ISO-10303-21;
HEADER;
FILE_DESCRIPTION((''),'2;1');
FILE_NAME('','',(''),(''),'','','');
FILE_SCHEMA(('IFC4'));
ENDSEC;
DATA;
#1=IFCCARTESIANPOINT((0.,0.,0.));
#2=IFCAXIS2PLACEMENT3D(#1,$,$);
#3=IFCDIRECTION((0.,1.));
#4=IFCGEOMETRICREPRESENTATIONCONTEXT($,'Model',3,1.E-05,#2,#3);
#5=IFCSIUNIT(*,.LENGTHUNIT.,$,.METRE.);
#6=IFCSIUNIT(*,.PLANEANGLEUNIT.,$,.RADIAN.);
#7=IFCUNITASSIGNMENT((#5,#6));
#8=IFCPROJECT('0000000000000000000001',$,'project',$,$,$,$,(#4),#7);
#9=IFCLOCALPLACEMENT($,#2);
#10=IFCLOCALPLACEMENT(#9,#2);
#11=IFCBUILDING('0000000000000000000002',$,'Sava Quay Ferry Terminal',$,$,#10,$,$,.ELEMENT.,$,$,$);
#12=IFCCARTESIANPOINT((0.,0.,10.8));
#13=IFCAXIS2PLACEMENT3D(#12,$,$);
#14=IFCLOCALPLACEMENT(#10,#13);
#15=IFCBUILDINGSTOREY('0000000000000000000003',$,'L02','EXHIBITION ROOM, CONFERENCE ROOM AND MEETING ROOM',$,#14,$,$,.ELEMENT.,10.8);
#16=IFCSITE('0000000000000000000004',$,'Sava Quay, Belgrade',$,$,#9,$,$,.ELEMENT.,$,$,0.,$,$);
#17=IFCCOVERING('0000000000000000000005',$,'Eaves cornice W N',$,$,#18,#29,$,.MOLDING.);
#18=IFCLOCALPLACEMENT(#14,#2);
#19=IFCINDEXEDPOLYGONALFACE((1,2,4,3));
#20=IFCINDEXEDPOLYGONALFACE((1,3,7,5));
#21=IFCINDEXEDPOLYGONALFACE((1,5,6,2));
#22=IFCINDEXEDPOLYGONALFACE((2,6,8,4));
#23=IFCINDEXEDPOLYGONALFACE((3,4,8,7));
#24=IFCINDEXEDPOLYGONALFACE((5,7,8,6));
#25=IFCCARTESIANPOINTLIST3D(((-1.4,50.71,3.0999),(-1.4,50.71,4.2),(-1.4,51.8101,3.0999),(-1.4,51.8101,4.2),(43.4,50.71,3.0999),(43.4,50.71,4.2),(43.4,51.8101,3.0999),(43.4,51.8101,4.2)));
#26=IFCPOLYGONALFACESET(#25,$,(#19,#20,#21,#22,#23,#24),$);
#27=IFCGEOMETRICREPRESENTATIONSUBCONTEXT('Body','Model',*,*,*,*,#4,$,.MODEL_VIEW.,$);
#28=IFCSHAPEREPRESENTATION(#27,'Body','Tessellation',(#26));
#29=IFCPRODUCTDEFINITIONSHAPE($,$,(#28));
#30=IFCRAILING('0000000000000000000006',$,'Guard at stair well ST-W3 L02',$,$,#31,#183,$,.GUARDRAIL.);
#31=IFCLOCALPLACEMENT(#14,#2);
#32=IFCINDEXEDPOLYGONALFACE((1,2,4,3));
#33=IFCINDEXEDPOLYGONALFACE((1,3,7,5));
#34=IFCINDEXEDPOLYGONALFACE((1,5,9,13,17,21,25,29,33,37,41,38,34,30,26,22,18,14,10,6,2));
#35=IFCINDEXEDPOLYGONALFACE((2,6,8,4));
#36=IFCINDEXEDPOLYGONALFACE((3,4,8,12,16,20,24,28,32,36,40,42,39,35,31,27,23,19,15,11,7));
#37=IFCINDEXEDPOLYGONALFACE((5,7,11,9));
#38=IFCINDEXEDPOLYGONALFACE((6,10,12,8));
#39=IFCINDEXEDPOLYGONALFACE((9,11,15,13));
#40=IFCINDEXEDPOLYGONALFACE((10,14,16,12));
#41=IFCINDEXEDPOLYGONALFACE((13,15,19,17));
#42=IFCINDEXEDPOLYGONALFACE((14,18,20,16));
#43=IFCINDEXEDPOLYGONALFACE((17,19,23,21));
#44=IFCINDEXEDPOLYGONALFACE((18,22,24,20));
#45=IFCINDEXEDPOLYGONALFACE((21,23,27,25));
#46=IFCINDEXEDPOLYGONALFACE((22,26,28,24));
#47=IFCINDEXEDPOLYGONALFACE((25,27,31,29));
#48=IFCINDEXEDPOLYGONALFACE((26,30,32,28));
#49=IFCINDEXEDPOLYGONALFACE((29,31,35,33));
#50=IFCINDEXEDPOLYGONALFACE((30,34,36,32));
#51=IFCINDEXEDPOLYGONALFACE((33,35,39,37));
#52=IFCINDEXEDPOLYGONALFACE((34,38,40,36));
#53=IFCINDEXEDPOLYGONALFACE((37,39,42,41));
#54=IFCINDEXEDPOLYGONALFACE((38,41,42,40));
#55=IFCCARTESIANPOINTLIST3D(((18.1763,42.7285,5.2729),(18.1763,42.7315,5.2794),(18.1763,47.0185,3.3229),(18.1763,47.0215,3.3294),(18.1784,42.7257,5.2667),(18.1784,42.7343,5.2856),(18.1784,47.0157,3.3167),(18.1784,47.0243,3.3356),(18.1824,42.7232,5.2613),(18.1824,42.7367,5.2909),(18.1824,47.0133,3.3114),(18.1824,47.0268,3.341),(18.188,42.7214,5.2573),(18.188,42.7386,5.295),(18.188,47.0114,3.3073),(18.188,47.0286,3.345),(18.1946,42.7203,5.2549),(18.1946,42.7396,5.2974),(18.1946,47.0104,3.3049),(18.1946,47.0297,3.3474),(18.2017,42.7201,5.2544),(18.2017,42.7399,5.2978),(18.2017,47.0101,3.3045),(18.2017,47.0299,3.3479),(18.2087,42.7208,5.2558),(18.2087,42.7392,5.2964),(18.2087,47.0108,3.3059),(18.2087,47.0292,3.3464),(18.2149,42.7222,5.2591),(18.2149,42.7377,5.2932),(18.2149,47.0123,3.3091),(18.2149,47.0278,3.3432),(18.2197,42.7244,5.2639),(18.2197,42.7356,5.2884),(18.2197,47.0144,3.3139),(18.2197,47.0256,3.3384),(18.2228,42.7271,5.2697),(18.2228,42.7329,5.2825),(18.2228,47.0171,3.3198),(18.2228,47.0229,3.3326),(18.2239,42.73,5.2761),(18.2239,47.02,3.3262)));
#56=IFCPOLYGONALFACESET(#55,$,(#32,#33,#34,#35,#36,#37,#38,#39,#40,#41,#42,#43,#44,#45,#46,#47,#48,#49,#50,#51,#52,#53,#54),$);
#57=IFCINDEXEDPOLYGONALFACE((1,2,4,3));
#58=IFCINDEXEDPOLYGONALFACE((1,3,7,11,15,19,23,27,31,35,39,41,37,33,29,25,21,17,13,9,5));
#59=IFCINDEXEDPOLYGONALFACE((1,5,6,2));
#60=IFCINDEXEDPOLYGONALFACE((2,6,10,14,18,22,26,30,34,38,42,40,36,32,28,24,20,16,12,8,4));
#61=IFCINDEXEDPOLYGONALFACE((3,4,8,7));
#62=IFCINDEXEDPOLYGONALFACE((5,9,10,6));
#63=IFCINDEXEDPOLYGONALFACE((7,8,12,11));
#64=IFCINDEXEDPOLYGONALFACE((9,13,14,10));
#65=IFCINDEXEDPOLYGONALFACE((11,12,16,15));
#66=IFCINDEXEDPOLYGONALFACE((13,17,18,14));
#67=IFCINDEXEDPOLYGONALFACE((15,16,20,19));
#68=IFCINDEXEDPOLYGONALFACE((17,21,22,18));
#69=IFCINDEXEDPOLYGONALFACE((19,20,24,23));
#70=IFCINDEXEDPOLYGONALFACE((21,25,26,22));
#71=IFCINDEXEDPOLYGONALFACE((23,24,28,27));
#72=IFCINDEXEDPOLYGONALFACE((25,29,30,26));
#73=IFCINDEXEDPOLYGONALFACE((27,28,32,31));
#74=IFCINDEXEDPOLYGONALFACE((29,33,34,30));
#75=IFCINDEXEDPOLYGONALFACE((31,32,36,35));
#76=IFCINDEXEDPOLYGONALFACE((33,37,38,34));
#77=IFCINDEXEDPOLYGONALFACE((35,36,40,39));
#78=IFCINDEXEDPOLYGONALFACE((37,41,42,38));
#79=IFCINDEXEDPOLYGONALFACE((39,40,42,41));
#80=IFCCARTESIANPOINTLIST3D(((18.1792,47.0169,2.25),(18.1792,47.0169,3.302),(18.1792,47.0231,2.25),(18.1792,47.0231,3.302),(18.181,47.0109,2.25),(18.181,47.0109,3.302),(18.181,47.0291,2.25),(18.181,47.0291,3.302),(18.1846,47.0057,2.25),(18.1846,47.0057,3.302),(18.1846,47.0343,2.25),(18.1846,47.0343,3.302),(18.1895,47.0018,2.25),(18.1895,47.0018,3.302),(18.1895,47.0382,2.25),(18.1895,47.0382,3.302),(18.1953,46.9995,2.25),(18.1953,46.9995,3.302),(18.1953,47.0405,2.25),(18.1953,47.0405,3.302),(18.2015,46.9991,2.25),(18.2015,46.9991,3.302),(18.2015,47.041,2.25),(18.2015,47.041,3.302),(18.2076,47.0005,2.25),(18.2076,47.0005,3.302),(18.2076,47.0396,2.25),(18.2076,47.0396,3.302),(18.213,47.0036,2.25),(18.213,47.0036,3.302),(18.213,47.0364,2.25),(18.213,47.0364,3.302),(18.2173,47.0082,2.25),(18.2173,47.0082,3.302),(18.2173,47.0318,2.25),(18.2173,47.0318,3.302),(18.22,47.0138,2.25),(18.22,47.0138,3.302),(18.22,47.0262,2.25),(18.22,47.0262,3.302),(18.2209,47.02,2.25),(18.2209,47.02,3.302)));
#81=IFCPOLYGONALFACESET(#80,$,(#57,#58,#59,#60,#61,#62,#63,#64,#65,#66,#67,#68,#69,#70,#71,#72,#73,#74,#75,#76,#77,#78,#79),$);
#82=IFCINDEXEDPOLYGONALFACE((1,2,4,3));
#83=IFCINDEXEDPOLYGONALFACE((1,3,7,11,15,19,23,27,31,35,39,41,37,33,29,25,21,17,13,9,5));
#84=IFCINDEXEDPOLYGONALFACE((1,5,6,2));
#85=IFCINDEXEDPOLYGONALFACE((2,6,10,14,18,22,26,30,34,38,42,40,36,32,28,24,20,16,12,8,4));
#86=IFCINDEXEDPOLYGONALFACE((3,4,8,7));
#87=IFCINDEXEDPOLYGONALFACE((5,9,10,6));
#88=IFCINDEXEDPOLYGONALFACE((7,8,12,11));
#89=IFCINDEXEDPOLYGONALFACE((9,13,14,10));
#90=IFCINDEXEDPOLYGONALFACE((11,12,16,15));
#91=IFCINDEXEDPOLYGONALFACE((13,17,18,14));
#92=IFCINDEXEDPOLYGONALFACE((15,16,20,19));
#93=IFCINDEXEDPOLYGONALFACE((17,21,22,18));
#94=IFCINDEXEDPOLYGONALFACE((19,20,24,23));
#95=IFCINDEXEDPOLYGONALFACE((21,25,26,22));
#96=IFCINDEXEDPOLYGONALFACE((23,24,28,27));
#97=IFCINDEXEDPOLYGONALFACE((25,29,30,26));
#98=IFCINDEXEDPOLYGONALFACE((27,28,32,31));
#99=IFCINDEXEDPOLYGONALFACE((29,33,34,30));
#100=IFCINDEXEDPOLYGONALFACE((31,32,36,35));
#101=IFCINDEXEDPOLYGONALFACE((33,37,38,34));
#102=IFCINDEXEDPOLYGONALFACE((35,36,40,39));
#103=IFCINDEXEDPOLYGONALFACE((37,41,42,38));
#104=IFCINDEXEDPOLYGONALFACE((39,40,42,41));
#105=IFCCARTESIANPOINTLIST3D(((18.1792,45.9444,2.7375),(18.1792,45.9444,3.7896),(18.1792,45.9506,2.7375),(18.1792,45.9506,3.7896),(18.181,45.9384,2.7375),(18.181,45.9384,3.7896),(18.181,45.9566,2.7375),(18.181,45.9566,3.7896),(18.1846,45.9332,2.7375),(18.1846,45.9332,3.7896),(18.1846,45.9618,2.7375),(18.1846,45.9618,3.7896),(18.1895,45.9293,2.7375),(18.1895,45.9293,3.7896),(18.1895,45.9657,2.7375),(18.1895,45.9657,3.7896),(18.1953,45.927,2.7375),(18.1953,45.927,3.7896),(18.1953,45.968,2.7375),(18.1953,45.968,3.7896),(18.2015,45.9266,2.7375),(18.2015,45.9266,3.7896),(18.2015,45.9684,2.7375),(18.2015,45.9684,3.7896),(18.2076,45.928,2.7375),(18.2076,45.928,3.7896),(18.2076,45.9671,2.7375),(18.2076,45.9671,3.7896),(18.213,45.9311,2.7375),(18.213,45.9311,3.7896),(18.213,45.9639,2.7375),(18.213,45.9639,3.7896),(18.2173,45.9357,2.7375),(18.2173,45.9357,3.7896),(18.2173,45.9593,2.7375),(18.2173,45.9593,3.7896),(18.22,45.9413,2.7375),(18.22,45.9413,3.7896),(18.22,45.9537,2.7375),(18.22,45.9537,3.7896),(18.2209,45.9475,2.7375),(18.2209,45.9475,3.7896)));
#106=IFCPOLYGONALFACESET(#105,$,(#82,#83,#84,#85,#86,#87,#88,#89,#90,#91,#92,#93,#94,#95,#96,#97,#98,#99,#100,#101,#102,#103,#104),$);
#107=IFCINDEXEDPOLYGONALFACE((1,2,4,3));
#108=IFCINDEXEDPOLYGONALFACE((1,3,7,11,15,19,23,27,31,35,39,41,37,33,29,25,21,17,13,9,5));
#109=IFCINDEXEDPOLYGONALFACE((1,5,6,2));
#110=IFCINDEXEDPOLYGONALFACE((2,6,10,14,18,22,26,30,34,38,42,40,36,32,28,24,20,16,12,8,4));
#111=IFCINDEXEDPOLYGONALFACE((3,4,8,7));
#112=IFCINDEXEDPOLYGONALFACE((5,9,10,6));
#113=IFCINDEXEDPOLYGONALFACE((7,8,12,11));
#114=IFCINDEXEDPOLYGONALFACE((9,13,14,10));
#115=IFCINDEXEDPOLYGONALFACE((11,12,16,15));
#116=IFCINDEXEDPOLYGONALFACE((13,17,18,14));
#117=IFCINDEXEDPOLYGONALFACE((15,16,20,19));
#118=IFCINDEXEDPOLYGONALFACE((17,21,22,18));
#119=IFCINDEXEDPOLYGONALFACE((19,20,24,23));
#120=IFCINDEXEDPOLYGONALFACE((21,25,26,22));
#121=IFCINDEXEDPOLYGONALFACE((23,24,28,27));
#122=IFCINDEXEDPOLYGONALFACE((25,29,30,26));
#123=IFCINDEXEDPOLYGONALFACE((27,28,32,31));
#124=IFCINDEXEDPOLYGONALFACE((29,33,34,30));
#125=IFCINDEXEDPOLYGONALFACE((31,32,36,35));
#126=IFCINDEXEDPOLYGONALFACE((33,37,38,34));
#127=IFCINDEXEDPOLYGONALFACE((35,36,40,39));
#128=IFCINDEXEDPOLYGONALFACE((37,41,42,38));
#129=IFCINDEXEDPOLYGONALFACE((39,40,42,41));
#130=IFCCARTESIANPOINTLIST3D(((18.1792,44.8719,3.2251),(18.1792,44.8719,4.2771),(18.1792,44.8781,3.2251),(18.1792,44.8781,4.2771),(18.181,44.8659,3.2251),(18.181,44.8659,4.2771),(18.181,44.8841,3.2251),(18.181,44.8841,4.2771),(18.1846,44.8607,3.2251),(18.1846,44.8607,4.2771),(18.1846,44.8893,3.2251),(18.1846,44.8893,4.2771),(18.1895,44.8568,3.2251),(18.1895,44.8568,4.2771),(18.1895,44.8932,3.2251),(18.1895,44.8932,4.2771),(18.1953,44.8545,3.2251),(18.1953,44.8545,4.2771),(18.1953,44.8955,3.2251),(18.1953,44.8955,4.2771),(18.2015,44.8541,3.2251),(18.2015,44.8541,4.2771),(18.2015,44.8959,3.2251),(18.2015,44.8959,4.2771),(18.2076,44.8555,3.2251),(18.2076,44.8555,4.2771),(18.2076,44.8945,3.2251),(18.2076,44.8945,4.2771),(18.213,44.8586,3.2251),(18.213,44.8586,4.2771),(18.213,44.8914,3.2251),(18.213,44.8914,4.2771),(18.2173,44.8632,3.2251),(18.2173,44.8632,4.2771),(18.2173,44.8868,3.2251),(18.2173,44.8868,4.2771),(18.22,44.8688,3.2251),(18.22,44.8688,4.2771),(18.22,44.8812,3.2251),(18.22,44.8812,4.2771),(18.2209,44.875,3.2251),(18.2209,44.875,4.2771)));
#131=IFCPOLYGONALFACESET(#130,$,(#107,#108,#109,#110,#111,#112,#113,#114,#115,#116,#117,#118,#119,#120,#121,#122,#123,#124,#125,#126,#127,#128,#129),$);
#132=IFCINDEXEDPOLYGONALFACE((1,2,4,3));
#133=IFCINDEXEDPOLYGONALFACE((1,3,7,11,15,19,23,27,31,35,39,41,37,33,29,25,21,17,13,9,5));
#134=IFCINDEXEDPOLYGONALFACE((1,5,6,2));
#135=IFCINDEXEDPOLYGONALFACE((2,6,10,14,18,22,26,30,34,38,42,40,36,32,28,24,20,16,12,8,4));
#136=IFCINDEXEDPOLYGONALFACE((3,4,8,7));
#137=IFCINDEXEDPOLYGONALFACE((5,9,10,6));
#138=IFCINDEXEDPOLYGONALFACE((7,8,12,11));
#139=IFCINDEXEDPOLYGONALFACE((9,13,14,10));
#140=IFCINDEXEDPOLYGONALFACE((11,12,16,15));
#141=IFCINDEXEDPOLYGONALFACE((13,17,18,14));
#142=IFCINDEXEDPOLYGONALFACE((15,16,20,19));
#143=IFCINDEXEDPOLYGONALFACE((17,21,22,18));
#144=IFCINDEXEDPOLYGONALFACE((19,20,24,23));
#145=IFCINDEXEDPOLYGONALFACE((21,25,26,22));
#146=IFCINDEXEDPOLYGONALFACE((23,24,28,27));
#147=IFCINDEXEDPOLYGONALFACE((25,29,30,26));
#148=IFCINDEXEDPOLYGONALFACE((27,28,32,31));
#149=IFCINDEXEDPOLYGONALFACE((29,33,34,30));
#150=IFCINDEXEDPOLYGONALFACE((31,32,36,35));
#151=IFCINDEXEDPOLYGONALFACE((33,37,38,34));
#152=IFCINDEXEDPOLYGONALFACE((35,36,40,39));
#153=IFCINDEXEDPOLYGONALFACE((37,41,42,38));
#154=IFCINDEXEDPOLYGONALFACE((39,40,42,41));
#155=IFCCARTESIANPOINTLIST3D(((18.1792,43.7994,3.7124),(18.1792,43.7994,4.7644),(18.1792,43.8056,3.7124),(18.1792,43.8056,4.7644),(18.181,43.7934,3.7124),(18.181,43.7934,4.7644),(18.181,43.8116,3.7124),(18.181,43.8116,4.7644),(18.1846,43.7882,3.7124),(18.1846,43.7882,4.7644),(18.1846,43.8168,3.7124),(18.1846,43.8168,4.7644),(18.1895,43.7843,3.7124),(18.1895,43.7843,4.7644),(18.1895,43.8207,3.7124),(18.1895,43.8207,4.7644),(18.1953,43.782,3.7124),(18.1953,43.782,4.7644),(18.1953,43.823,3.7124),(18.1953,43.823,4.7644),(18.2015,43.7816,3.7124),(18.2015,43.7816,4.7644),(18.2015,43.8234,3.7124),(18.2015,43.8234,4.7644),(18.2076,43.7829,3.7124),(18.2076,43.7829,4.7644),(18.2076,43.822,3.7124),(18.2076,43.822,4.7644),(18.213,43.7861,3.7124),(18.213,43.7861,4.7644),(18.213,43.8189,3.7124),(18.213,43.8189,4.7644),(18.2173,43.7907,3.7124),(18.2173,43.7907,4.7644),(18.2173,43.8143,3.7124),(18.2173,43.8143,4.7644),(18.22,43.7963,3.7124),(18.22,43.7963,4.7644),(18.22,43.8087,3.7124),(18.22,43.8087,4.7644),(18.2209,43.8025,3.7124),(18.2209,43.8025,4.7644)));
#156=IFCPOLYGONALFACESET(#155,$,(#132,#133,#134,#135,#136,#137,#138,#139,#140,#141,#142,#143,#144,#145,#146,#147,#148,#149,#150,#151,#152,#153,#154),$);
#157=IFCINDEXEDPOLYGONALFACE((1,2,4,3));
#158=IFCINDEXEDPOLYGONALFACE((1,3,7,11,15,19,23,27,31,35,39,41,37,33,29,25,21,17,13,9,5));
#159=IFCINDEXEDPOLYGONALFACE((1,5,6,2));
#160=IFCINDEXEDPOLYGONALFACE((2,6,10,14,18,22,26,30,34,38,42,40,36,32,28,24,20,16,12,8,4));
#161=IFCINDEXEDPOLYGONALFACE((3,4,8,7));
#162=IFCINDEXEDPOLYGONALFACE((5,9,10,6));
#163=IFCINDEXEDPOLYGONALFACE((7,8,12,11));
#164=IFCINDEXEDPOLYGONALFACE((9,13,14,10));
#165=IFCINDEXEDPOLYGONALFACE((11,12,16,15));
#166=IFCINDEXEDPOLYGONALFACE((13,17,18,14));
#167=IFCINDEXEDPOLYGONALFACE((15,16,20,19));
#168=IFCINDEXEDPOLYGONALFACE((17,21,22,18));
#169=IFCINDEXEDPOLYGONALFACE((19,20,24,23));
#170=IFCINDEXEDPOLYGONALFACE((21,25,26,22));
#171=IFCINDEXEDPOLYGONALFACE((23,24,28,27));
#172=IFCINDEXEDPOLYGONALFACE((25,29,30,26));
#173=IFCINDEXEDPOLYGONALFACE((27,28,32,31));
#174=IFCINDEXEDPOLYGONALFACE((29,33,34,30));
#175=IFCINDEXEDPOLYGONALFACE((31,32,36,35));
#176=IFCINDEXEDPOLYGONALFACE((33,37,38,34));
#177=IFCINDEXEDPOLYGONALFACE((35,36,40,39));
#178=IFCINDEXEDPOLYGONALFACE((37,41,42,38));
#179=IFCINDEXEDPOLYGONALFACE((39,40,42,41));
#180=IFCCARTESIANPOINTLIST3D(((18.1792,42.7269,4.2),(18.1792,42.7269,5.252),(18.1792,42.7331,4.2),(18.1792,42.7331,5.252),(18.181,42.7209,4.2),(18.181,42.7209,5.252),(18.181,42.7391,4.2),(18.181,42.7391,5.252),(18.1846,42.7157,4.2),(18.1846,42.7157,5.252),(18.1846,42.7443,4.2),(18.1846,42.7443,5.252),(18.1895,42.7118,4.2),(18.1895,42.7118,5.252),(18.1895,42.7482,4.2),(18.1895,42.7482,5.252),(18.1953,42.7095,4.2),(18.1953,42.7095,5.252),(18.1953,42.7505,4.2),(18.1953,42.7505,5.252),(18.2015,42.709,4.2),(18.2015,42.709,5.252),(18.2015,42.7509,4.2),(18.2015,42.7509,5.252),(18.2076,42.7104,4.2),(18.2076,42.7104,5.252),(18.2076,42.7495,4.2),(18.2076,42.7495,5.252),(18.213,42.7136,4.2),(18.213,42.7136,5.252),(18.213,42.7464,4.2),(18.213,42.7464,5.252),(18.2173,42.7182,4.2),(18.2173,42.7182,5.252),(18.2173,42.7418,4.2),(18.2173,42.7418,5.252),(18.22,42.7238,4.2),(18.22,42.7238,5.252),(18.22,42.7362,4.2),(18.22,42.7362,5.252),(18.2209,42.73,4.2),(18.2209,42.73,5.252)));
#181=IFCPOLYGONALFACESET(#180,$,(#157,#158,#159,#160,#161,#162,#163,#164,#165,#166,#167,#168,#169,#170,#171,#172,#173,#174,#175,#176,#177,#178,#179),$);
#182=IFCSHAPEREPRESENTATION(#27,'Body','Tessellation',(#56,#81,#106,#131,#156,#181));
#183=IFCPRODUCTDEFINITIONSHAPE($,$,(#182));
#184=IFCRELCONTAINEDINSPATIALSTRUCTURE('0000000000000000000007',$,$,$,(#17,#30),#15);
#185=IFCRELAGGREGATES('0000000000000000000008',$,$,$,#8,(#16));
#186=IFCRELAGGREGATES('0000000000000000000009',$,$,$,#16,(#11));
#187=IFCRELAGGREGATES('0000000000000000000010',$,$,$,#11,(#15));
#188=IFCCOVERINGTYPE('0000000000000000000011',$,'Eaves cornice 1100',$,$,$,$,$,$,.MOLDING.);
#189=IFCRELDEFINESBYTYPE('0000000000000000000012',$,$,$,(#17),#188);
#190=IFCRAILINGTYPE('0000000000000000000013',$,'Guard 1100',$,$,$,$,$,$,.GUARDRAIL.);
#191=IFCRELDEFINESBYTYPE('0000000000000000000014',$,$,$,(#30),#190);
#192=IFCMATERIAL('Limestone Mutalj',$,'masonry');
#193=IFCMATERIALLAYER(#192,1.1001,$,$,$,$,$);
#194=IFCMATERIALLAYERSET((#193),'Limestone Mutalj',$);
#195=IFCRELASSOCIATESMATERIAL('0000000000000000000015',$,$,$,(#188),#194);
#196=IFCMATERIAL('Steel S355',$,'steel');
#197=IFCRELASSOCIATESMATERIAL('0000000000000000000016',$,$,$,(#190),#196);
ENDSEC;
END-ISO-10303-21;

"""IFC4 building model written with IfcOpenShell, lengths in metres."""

from ifc_helpers import new_model, si_unit, direction, frame, origin, origin_2d, place, context, subcontext, project, spatial, rectangle, circle, extrude, material, layer, layer_set, type_object, element, save


model = new_model("IFC4")

# Units and contexts
model_context = context("Model", 3, precision=1e-05, world=origin(), true_north=direction((0.0, 1.0)))
body_context = subcontext(model_context, "Body", "Model", "MODEL_VIEW")
ifc_project = project(units=[si_unit("LENGTHUNIT", "METRE"), si_unit("PLANEANGLEUNIT", "RADIAN")], contexts=[model_context])

# Site, building, storey
site_placement = place(None, origin())
site = spatial("IfcSite", under=ifc_project, at=site_placement, Name="Sava Quay, Belgrade", CompositionType="ELEMENT", RefElevation=0.0)
building_placement = place(site_placement, origin())
building = spatial("IfcBuilding", under=site, at=building_placement, Name="Sava Quay Ferry Terminal", CompositionType="ELEMENT")
storey_placement = place(building_placement, frame((0.0, 0.0, 10.8)))
storey = spatial("IfcBuildingStorey", under=building, at=storey_placement, Name="L02", Description="EXHIBITION ROOM, CONFERENCE ROOM AND MEETING ROOM", CompositionType="ELEMENT", Elevation=10.8)

# Covering
ifc_material_1 = material(Name="Limestone Mutalj", Category="masonry")
ifc_layer_1 = layer(ifc_material_1, 1.1001)
ifc_layer_set_1 = layer_set([ifc_layer_1], Name="Limestone Mutalj")
covering_type_1 = type_object("IfcCoveringType", Name="Eaves cornice 1100", PredefinedType="MOLDING", material=ifc_layer_set_1)
covering_1_placement = place(storey_placement, frame((21.0, 51.26, 3.0999), z_axis=(0.0, 0.0, 1.0), x_axis=(1.0, 0.0, 0.0)))
element("IfcCovering", 1, at=covering_1_placement, inside=storey, type_object=covering_type_1, Name="Eaves cornice W N", PredefinedType="MOLDING", context=body_context, shape_type="SweptSolid", body=[
    extrude(rectangle(XDim=44.8, YDim=1.1001, at=origin_2d()), origin(), (0.0, 0.0, 1.0), 1.1001),
])

# Railing
ifc_material_2 = material(Name="Steel S355", Category="steel")
railing_type_1 = type_object("IfcRailingType", Name="Guard 1100", PredefinedType="GUARDRAIL", material=ifc_material_2)
railing_1_placement = place(storey_placement, frame((18.2, 47.02, 2.25)))
element("IfcRailing", 2, at=railing_1_placement, inside=storey, type_object=railing_type_1, Name="Guard at stair well ST-W3 L02", PredefinedType="GUARDRAIL", context=body_context, shape_type="SweptSolid", body=[
    extrude(circle(Radius=0.0239, at=origin_2d()), frame((0.0, 0.0, 1.0762), z_axis=(0.0, -0.910372, 0.413791), x_axis=(1.0, 0.0, 0.0)), (0.0, 0.0, 1.0), 4.7124),
    extrude(circle(Radius=0.021, at=origin_2d()), origin(), (0.0, 0.0, 1.0), 1.052),
    extrude(circle(Radius=0.021, at=origin_2d()), frame((0.0, -1.0725, 0.4875)), (0.0, 0.0, 1.0), 1.052),
    extrude(circle(Radius=0.021, at=origin_2d()), frame((0.0, -2.145, 0.9751)), (0.0, 0.0, 1.0), 1.052),
    extrude(circle(Radius=0.021, at=origin_2d()), frame((0.0, -3.2175, 1.4624)), (0.0, 0.0, 1.0), 1.052),
    extrude(circle(Radius=0.021, at=origin_2d()), frame((0.0, -4.29, 1.95)), (0.0, 0.0, 1.0), 1.052),
])

save(model, "model.ifc")
